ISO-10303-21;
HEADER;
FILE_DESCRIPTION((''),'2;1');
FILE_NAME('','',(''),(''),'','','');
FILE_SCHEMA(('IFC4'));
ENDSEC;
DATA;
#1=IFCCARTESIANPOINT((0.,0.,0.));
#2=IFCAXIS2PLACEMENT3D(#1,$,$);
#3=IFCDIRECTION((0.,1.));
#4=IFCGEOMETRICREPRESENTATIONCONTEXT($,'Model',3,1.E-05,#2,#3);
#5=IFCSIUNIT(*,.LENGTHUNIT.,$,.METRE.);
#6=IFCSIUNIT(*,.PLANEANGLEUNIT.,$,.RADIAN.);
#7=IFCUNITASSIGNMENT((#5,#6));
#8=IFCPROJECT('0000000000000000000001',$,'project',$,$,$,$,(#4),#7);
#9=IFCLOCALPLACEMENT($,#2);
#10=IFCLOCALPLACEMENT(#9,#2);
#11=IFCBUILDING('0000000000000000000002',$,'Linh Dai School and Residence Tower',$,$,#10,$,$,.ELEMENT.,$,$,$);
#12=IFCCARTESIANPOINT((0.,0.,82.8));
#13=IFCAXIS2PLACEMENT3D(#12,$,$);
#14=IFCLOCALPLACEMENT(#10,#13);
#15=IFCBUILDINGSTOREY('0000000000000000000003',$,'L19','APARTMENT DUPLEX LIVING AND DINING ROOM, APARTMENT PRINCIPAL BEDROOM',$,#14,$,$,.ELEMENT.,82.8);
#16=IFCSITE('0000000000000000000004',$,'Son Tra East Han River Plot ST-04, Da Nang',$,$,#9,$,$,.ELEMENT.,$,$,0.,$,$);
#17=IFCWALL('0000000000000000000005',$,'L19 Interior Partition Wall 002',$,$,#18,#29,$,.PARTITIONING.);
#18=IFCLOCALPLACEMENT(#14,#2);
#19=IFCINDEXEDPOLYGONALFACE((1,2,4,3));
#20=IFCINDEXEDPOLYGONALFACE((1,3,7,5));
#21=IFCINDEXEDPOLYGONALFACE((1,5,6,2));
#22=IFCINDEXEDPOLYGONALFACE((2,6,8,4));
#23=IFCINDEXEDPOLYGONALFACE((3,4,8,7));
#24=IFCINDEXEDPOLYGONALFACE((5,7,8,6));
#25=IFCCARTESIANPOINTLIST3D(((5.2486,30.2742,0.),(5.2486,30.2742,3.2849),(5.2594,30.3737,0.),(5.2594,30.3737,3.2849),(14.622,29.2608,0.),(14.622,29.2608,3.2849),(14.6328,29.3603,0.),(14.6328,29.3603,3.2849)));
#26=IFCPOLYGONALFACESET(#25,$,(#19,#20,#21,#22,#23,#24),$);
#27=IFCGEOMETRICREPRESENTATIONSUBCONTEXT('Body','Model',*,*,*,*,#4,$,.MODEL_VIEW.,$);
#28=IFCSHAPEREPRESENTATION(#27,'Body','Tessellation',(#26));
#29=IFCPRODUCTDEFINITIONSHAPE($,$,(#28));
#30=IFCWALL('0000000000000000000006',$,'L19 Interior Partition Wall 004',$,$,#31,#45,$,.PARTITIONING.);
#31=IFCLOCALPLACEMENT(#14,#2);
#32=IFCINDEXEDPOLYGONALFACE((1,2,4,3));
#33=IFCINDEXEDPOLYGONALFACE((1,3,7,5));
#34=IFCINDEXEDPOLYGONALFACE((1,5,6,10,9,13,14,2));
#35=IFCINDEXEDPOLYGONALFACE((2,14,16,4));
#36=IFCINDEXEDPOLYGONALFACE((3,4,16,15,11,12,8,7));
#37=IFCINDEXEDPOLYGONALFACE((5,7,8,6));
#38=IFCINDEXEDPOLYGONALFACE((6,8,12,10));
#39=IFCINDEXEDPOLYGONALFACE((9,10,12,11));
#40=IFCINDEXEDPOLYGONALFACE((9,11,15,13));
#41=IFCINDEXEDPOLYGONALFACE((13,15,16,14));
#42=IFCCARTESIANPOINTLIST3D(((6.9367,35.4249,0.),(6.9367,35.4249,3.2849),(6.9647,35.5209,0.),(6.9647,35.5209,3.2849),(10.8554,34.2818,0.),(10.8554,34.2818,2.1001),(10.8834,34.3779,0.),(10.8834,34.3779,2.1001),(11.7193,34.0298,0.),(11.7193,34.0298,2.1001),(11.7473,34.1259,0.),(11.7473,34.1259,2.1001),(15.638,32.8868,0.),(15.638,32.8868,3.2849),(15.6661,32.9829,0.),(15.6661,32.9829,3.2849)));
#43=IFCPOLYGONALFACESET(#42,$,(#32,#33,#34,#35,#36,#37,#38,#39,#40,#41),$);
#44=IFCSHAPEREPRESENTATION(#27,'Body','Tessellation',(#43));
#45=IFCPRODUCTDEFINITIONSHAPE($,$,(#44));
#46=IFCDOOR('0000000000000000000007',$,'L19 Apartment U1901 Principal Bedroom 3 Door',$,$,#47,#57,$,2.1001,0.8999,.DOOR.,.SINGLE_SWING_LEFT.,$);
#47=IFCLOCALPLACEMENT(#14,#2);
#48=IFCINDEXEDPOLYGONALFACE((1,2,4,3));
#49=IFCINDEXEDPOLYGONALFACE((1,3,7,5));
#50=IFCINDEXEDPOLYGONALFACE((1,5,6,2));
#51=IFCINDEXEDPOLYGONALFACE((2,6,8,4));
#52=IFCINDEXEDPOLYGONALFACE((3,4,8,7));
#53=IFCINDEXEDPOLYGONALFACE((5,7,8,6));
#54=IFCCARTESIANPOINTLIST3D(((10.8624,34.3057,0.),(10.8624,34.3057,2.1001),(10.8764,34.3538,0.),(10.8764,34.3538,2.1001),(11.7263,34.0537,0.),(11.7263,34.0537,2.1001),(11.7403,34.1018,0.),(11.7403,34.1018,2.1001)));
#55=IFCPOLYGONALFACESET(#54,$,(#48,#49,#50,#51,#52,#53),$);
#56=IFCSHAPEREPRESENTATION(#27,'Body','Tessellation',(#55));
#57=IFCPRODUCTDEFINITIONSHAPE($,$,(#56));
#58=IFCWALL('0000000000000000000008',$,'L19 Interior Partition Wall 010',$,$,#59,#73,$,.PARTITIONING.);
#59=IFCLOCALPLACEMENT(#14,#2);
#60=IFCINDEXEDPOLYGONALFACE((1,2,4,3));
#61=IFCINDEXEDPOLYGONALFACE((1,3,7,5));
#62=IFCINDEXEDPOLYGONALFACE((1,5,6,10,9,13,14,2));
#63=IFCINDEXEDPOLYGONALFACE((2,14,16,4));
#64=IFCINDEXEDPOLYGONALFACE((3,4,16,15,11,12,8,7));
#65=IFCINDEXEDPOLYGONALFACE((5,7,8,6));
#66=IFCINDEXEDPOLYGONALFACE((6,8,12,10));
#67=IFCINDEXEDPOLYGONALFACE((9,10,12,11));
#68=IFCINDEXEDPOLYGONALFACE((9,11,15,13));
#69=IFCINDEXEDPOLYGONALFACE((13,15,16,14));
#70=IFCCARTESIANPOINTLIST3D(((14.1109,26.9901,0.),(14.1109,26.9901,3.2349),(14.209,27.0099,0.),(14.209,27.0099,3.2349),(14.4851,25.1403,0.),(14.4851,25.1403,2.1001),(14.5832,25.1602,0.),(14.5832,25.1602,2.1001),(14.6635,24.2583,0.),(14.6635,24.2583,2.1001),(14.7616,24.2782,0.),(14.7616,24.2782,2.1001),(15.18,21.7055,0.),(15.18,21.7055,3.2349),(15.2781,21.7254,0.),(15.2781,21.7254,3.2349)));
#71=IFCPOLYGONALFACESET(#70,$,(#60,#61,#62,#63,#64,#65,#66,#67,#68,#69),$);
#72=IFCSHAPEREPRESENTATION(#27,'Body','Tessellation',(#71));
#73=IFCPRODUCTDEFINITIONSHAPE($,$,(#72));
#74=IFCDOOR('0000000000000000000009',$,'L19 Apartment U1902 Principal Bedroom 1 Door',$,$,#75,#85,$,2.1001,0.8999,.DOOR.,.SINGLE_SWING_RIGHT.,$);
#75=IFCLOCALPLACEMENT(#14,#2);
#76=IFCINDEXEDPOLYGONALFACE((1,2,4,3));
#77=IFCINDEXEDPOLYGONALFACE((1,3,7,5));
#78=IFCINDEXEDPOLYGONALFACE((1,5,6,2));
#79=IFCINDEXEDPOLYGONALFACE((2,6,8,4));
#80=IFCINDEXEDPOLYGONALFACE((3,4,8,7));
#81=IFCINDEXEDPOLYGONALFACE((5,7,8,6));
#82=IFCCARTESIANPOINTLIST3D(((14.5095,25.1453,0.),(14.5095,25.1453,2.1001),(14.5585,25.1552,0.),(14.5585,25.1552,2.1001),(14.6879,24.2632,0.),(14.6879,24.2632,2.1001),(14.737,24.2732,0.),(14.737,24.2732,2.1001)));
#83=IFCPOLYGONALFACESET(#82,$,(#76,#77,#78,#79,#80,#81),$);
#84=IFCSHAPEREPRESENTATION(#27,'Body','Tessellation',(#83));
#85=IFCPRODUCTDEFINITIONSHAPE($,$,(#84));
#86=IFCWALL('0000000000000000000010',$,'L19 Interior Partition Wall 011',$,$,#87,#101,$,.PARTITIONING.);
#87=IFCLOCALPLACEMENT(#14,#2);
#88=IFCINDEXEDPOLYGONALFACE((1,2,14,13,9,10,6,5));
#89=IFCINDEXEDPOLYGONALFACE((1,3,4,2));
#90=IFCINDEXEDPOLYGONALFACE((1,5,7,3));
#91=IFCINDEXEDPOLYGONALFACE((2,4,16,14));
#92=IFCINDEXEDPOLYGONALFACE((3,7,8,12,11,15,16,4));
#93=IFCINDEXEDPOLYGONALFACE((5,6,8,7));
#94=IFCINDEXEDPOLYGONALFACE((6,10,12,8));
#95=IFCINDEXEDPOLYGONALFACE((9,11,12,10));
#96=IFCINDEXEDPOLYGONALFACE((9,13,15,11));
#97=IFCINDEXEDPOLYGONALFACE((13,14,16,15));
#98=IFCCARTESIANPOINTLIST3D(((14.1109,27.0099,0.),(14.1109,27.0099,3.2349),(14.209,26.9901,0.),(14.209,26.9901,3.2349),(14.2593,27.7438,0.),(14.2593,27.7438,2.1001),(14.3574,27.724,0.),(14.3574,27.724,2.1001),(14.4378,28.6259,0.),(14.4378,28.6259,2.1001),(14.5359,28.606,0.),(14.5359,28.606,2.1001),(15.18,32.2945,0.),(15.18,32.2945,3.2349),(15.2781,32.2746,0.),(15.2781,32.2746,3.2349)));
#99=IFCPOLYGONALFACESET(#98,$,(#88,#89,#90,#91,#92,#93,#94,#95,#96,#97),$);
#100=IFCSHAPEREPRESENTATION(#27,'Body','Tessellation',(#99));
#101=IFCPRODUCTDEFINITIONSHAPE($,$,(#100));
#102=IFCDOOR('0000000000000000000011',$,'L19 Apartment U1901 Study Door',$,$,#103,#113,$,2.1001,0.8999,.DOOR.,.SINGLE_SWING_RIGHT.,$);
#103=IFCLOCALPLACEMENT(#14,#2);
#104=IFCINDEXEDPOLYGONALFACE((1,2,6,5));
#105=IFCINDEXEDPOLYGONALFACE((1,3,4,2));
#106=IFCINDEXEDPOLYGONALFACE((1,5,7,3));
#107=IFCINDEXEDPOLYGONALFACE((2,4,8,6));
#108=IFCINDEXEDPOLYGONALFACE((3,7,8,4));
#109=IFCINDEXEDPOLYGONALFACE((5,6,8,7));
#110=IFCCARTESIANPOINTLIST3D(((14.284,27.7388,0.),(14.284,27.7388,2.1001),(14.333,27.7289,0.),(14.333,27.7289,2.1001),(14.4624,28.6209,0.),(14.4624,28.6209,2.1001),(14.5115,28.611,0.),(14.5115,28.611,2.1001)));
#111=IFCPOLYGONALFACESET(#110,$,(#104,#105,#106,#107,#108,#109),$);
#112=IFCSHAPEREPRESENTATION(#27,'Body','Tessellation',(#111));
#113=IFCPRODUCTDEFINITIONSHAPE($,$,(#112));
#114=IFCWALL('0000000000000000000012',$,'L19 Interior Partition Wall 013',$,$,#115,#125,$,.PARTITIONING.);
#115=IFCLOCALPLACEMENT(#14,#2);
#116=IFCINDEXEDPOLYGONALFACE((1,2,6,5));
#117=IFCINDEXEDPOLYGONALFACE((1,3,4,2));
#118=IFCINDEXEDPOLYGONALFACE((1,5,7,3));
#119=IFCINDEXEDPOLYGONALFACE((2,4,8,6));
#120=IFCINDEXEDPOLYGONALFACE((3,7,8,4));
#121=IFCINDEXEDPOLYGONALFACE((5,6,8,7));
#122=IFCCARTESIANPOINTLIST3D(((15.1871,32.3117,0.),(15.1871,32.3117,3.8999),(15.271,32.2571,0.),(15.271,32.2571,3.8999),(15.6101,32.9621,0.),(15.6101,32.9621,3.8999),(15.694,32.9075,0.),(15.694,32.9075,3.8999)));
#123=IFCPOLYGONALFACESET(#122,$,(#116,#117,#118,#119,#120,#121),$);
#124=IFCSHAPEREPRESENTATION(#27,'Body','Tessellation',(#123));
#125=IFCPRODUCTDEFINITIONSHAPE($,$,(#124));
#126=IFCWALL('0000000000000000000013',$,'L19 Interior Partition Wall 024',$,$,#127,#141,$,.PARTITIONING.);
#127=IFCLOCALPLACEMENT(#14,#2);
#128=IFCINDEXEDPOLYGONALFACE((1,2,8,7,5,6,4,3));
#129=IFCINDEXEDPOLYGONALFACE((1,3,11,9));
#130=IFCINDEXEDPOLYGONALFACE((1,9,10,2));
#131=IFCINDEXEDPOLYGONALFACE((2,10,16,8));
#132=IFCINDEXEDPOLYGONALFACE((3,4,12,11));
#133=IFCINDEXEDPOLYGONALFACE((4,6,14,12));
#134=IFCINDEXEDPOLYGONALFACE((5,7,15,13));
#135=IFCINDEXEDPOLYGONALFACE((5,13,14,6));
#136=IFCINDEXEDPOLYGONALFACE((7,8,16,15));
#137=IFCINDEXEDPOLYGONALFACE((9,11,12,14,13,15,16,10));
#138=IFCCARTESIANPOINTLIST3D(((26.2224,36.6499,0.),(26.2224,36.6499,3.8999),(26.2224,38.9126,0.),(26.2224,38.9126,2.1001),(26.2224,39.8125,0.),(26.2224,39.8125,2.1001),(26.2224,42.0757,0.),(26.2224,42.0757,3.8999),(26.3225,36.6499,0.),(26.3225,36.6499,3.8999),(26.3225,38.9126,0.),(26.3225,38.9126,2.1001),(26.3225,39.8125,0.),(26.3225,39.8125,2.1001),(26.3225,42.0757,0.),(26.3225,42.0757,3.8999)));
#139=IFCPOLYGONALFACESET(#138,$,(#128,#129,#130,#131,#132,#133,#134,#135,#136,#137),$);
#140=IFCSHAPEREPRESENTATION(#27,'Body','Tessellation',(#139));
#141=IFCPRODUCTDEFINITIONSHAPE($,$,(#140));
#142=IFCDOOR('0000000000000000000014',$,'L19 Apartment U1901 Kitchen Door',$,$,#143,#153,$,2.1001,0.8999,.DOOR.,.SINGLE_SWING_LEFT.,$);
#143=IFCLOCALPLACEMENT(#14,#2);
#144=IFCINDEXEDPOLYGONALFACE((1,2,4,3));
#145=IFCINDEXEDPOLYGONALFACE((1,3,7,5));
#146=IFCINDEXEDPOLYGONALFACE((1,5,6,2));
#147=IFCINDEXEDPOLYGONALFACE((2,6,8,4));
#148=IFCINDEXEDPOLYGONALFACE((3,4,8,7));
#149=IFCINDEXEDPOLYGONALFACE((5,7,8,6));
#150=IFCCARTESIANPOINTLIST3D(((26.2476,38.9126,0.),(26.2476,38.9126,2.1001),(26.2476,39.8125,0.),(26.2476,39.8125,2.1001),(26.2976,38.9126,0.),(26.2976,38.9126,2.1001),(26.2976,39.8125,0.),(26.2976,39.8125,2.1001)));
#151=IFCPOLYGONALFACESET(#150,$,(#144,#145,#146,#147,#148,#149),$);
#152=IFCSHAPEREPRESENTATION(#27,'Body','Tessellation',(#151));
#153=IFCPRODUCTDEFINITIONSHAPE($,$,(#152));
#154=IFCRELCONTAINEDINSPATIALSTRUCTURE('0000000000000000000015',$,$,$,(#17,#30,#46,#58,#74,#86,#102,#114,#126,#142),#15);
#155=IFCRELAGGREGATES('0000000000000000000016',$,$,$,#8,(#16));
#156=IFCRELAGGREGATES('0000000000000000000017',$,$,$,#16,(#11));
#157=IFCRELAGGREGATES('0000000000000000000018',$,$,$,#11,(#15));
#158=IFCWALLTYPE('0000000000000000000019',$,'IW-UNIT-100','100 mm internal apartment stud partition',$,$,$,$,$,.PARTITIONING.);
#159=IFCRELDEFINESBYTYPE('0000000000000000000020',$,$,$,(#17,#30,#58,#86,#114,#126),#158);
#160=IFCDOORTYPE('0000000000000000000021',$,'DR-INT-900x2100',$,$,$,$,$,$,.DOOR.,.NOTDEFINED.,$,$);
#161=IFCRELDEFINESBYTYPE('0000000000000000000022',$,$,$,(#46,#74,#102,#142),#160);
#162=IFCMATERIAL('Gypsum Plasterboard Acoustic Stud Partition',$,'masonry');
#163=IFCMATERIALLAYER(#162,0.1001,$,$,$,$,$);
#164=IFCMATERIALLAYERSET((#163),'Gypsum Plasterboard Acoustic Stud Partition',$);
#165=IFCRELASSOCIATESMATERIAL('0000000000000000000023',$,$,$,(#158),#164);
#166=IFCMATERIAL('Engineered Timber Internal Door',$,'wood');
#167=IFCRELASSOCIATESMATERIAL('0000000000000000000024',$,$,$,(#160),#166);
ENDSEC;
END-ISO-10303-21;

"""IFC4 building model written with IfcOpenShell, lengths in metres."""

from ifc_helpers import new_model, si_unit, direction, frame, frame_2d, origin, origin_2d, place, context, subcontext, project, spatial, rectangle, extrude, source, transform, mapped, material, layer, layer_set, type_object, element, fill, save


model = new_model("IFC4")

# Units and contexts
model_context = context("Model", 3, precision=1e-05, world=origin(), true_north=direction((0.0, 1.0)))
body_context = subcontext(model_context, "Body", "Model", "MODEL_VIEW")
ifc_project = project(units=[si_unit("LENGTHUNIT", "METRE"), si_unit("PLANEANGLEUNIT", "RADIAN")], contexts=[model_context])

# Site, building, storey
site_placement = place(None, origin())
site = spatial("IfcSite", under=ifc_project, at=site_placement, Name="Son Tra East Han River Plot ST-04, Da Nang", CompositionType="ELEMENT", RefElevation=0.0)
building_placement = place(site_placement, origin())
building = spatial("IfcBuilding", under=site, at=building_placement, Name="Linh Dai School and Residence Tower", CompositionType="ELEMENT")
storey_placement = place(building_placement, frame((0.0, 0.0, 82.8)))
storey = spatial("IfcBuildingStorey", under=building, at=storey_placement, Name="L19", Description="APARTMENT DUPLEX LIVING AND DINING ROOM, APARTMENT PRINCIPAL BEDROOM", CompositionType="ELEMENT", Elevation=82.8)

# Wall
ifc_material_1 = material(Name="Gypsum Plasterboard Acoustic Stud Partition", Category="masonry")
ifc_layer_1 = layer(ifc_material_1, 0.1001)
ifc_layer_set_1 = layer_set([ifc_layer_1], Name="Gypsum Plasterboard Acoustic Stud Partition")
wall_type_1 = type_object("IfcWallType", Name="IW-UNIT-100", Description="100 mm internal apartment stud partition", PredefinedType="PARTITIONING", material=ifc_layer_set_1)
wall_1_placement = place(storey_placement, frame((5.2542, 30.324, 0.0), z_axis=(0.0, 0.0, 1.0), x_axis=(0.994206, -0.107492, 0.0)))
element("IfcWall", 1, at=wall_1_placement, inside=storey, type_object=wall_type_1, Name="L19 Interior Partition Wall 002", PredefinedType="PARTITIONING", context=body_context, shape_type="SweptSolid", body=[
    extrude(rectangle(XDim=9.428, YDim=0.1001, at=frame_2d((4.7139, 0.0))), origin(), (0.0, 0.0, 1.0), 3.2849),
])

# Walls, openings, doors
wall_2_placement = place(storey_placement, frame((6.9507, 35.4729, 0.0), z_axis=(0.0, 0.0, 1.0), x_axis=(0.959995, -0.280018, 0.0)))
wall_2 = element("IfcWall", 2, at=wall_2_placement, inside=storey, type_object=wall_type_1, Name="L19 Interior Partition Wall 004", PredefinedType="PARTITIONING", context=body_context, shape_type="SweptSolid", body=[
    extrude(rectangle(XDim=9.064, YDim=0.1001, at=frame_2d((4.532, 0.0))), origin(), (0.0, 0.0, 1.0), 3.2849),
])
opening_1_placement = place(wall_2_placement, frame((4.082, 0.0, 0.0)))
opening_1 = element("IfcOpeningElement", 3, at=opening_1_placement, cuts=wall_2, PredefinedType="OPENING", context=body_context, shape_type="SweptSolid", body=[
    extrude(rectangle(XDim=0.8999, YDim=2.1001, at=origin_2d()), frame((0.45, 0.0601, 1.05), z_axis=(0.0, -1.0, 0.0), x_axis=(1.0, 0.0, 0.0)), (0.0, 0.0, 1.0), 0.1201),
])
ifc_material_2 = material(Name="Engineered Timber Internal Door", Category="wood")
door_type_1 = type_object("IfcDoorType", Name="DR-INT-900x2100", OperationType="NOTDEFINED", PredefinedType="DOOR", material=ifc_material_2)
shared_shape_1 = source(origin(), body_context, "Body", "SweptSolid", [
    extrude(rectangle(XDim=0.8999, YDim=2.1001, at=origin_2d()), frame((0.45, 0.0249, 1.05), z_axis=(0.0, -1.0, 0.0), x_axis=(1.0, 0.0, 0.0)), (0.0, 0.0, 1.0), 0.05),
])
door_1_placement = place(opening_1_placement, origin())
door_1 = element("IfcDoor", 4, at=door_1_placement, inside=storey, type_object=door_type_1, Name="L19 Apartment U1901 Principal Bedroom 3 Door", OperationType="SINGLE_SWING_LEFT", OverallHeight=2.1001, OverallWidth=0.8999, PredefinedType="DOOR", context=body_context, shape_type="MappedRepresentation", body=[
    mapped(shared_shape_1, transform((0.0, 0.0, 0.0), x_axis=(1.0, 0.0, 0.0), y_axis=(0.0, 1.0, 0.0), z_axis=(0.0, 0.0, 1.0), scale=1.0)),
])
fill(opening_1, door_1)
wall_3_placement = place(storey_placement, frame((14.1599, 27.0, 0.0), z_axis=(0.0, 0.0, 1.0), x_axis=(0.198293, -0.980143, 0.0)))
wall_3 = element("IfcWall", 5, at=wall_3_placement, inside=storey, type_object=wall_type_1, Name="L19 Interior Partition Wall 010", PredefinedType="PARTITIONING", context=body_context, shape_type="SweptSolid", body=[
    extrude(rectangle(XDim=5.3916, YDim=0.1001, at=frame_2d((2.6958, 0.0))), origin(), (0.0, 0.0, 1.0), 3.2349),
])
opening_2_placement = place(wall_3_placement, frame((1.8872, 0.0, 0.0)))
opening_2 = element("IfcOpeningElement", 6, at=opening_2_placement, cuts=wall_3, PredefinedType="OPENING", context=body_context, shape_type="SweptSolid", body=[
    extrude(rectangle(XDim=0.8999, YDim=2.1001, at=origin_2d()), frame((0.45, 0.0601, 1.05), z_axis=(0.0, -1.0, 0.0), x_axis=(1.0, 0.0, 0.0)), (0.0, 0.0, 1.0), 0.1201),
])
door_2_placement = place(opening_2_placement, origin())
door_2 = element("IfcDoor", 7, at=door_2_placement, inside=storey, type_object=door_type_1, Name="L19 Apartment U1902 Principal Bedroom 1 Door", OperationType="SINGLE_SWING_RIGHT", OverallHeight=2.1001, OverallWidth=0.8999, PredefinedType="DOOR", context=body_context, shape_type="MappedRepresentation", body=[
    mapped(shared_shape_1, transform((0.0, 0.0, 0.0), x_axis=(1.0, 0.0, 0.0), y_axis=(0.0, 1.0, 0.0), z_axis=(0.0, 0.0, 1.0), scale=1.0)),
])
fill(opening_2, door_2)
wall_4_placement = place(storey_placement, frame((14.1599, 27.0, 0.0), z_axis=(0.0, 0.0, 1.0), x_axis=(0.198293, 0.980143, 0.0)))
wall_4 = element("IfcWall", 8, at=wall_4_placement, inside=storey, type_object=wall_type_1, Name="L19 Interior Partition Wall 011", PredefinedType="PARTITIONING", context=body_context, shape_type="SweptSolid", body=[
    extrude(rectangle(XDim=5.3916, YDim=0.1001, at=frame_2d((2.6958, 0.0))), origin(), (0.0, 0.0, 1.0), 3.2349),
])
opening_3_placement = place(wall_4_placement, frame((0.7488, 0.0, 0.0)))
opening_3 = element("IfcOpeningElement", 9, at=opening_3_placement, cuts=wall_4, PredefinedType="OPENING", context=body_context, shape_type="SweptSolid", body=[
    extrude(rectangle(XDim=0.8999, YDim=2.1001, at=origin_2d()), frame((0.45, 0.0601, 1.05), z_axis=(0.0, -1.0, 0.0), x_axis=(1.0, 0.0, 0.0)), (0.0, 0.0, 1.0), 0.1201),
])
door_3_placement = place(opening_3_placement, origin())
door_3 = element("IfcDoor", 10, at=door_3_placement, inside=storey, type_object=door_type_1, Name="L19 Apartment U1901 Study Door", OperationType="SINGLE_SWING_RIGHT", OverallHeight=2.1001, OverallWidth=0.8999, PredefinedType="DOOR", context=body_context, shape_type="MappedRepresentation", body=[
    mapped(shared_shape_1, transform((0.0, 0.0, 0.0), x_axis=(1.0, 0.0, 0.0), y_axis=(0.0, 1.0, 0.0), z_axis=(0.0, 0.0, 1.0), scale=1.0)),
])
fill(opening_3, door_3)

# Wall
wall_5_placement = place(storey_placement, frame((15.229, 32.2844, 0.0), z_axis=(0.0, 0.0, 1.0), x_axis=(0.545298, 0.838242, 0.0)))
element("IfcWall", 11, at=wall_5_placement, inside=storey, type_object=wall_type_1, Name="L19 Interior Partition Wall 013", PredefinedType="PARTITIONING", context=body_context, shape_type="SweptSolid", body=[
    extrude(rectangle(XDim=0.7759, YDim=0.1001, at=frame_2d((0.3879, 0.0))), origin(), (0.0, 0.0, 1.0), 3.8999),
])

# Wall, opening, door
wall_6_placement = place(storey_placement, frame((26.2725, 36.6499, 0.0), z_axis=(0.0, 0.0, 1.0), x_axis=(0.0, 1.0, 0.0)))
wall_6 = element("IfcWall", 12, at=wall_6_placement, inside=storey, type_object=wall_type_1, Name="L19 Interior Partition Wall 024", PredefinedType="PARTITIONING", context=body_context, shape_type="SweptSolid", body=[
    extrude(rectangle(XDim=5.4258, YDim=0.1001, at=frame_2d((2.7129, 0.0))), origin(), (0.0, 0.0, 1.0), 3.8999),
])
opening_4_placement = place(wall_6_placement, frame((2.2627, 0.0, 0.0)))
opening_4 = element("IfcOpeningElement", 13, at=opening_4_placement, cuts=wall_6, PredefinedType="OPENING", context=body_context, shape_type="SweptSolid", body=[
    extrude(rectangle(XDim=0.8999, YDim=2.1001, at=origin_2d()), frame((0.45, 0.0601, 1.05), z_axis=(0.0, -1.0, 0.0), x_axis=(1.0, 0.0, 0.0)), (0.0, 0.0, 1.0), 0.1201),
])
door_4_placement = place(opening_4_placement, origin())
door_4 = element("IfcDoor", 14, at=door_4_placement, inside=storey, type_object=door_type_1, Name="L19 Apartment U1901 Kitchen Door", OperationType="SINGLE_SWING_LEFT", OverallHeight=2.1001, OverallWidth=0.8999, PredefinedType="DOOR", context=body_context, shape_type="MappedRepresentation", body=[
    mapped(shared_shape_1, transform((0.0, 0.0, 0.0), x_axis=(1.0, 0.0, 0.0), y_axis=(0.0, 1.0, 0.0), z_axis=(0.0, 0.0, 1.0), scale=1.0)),
])
fill(opening_4, door_4)

save(model, "model.ifc")
